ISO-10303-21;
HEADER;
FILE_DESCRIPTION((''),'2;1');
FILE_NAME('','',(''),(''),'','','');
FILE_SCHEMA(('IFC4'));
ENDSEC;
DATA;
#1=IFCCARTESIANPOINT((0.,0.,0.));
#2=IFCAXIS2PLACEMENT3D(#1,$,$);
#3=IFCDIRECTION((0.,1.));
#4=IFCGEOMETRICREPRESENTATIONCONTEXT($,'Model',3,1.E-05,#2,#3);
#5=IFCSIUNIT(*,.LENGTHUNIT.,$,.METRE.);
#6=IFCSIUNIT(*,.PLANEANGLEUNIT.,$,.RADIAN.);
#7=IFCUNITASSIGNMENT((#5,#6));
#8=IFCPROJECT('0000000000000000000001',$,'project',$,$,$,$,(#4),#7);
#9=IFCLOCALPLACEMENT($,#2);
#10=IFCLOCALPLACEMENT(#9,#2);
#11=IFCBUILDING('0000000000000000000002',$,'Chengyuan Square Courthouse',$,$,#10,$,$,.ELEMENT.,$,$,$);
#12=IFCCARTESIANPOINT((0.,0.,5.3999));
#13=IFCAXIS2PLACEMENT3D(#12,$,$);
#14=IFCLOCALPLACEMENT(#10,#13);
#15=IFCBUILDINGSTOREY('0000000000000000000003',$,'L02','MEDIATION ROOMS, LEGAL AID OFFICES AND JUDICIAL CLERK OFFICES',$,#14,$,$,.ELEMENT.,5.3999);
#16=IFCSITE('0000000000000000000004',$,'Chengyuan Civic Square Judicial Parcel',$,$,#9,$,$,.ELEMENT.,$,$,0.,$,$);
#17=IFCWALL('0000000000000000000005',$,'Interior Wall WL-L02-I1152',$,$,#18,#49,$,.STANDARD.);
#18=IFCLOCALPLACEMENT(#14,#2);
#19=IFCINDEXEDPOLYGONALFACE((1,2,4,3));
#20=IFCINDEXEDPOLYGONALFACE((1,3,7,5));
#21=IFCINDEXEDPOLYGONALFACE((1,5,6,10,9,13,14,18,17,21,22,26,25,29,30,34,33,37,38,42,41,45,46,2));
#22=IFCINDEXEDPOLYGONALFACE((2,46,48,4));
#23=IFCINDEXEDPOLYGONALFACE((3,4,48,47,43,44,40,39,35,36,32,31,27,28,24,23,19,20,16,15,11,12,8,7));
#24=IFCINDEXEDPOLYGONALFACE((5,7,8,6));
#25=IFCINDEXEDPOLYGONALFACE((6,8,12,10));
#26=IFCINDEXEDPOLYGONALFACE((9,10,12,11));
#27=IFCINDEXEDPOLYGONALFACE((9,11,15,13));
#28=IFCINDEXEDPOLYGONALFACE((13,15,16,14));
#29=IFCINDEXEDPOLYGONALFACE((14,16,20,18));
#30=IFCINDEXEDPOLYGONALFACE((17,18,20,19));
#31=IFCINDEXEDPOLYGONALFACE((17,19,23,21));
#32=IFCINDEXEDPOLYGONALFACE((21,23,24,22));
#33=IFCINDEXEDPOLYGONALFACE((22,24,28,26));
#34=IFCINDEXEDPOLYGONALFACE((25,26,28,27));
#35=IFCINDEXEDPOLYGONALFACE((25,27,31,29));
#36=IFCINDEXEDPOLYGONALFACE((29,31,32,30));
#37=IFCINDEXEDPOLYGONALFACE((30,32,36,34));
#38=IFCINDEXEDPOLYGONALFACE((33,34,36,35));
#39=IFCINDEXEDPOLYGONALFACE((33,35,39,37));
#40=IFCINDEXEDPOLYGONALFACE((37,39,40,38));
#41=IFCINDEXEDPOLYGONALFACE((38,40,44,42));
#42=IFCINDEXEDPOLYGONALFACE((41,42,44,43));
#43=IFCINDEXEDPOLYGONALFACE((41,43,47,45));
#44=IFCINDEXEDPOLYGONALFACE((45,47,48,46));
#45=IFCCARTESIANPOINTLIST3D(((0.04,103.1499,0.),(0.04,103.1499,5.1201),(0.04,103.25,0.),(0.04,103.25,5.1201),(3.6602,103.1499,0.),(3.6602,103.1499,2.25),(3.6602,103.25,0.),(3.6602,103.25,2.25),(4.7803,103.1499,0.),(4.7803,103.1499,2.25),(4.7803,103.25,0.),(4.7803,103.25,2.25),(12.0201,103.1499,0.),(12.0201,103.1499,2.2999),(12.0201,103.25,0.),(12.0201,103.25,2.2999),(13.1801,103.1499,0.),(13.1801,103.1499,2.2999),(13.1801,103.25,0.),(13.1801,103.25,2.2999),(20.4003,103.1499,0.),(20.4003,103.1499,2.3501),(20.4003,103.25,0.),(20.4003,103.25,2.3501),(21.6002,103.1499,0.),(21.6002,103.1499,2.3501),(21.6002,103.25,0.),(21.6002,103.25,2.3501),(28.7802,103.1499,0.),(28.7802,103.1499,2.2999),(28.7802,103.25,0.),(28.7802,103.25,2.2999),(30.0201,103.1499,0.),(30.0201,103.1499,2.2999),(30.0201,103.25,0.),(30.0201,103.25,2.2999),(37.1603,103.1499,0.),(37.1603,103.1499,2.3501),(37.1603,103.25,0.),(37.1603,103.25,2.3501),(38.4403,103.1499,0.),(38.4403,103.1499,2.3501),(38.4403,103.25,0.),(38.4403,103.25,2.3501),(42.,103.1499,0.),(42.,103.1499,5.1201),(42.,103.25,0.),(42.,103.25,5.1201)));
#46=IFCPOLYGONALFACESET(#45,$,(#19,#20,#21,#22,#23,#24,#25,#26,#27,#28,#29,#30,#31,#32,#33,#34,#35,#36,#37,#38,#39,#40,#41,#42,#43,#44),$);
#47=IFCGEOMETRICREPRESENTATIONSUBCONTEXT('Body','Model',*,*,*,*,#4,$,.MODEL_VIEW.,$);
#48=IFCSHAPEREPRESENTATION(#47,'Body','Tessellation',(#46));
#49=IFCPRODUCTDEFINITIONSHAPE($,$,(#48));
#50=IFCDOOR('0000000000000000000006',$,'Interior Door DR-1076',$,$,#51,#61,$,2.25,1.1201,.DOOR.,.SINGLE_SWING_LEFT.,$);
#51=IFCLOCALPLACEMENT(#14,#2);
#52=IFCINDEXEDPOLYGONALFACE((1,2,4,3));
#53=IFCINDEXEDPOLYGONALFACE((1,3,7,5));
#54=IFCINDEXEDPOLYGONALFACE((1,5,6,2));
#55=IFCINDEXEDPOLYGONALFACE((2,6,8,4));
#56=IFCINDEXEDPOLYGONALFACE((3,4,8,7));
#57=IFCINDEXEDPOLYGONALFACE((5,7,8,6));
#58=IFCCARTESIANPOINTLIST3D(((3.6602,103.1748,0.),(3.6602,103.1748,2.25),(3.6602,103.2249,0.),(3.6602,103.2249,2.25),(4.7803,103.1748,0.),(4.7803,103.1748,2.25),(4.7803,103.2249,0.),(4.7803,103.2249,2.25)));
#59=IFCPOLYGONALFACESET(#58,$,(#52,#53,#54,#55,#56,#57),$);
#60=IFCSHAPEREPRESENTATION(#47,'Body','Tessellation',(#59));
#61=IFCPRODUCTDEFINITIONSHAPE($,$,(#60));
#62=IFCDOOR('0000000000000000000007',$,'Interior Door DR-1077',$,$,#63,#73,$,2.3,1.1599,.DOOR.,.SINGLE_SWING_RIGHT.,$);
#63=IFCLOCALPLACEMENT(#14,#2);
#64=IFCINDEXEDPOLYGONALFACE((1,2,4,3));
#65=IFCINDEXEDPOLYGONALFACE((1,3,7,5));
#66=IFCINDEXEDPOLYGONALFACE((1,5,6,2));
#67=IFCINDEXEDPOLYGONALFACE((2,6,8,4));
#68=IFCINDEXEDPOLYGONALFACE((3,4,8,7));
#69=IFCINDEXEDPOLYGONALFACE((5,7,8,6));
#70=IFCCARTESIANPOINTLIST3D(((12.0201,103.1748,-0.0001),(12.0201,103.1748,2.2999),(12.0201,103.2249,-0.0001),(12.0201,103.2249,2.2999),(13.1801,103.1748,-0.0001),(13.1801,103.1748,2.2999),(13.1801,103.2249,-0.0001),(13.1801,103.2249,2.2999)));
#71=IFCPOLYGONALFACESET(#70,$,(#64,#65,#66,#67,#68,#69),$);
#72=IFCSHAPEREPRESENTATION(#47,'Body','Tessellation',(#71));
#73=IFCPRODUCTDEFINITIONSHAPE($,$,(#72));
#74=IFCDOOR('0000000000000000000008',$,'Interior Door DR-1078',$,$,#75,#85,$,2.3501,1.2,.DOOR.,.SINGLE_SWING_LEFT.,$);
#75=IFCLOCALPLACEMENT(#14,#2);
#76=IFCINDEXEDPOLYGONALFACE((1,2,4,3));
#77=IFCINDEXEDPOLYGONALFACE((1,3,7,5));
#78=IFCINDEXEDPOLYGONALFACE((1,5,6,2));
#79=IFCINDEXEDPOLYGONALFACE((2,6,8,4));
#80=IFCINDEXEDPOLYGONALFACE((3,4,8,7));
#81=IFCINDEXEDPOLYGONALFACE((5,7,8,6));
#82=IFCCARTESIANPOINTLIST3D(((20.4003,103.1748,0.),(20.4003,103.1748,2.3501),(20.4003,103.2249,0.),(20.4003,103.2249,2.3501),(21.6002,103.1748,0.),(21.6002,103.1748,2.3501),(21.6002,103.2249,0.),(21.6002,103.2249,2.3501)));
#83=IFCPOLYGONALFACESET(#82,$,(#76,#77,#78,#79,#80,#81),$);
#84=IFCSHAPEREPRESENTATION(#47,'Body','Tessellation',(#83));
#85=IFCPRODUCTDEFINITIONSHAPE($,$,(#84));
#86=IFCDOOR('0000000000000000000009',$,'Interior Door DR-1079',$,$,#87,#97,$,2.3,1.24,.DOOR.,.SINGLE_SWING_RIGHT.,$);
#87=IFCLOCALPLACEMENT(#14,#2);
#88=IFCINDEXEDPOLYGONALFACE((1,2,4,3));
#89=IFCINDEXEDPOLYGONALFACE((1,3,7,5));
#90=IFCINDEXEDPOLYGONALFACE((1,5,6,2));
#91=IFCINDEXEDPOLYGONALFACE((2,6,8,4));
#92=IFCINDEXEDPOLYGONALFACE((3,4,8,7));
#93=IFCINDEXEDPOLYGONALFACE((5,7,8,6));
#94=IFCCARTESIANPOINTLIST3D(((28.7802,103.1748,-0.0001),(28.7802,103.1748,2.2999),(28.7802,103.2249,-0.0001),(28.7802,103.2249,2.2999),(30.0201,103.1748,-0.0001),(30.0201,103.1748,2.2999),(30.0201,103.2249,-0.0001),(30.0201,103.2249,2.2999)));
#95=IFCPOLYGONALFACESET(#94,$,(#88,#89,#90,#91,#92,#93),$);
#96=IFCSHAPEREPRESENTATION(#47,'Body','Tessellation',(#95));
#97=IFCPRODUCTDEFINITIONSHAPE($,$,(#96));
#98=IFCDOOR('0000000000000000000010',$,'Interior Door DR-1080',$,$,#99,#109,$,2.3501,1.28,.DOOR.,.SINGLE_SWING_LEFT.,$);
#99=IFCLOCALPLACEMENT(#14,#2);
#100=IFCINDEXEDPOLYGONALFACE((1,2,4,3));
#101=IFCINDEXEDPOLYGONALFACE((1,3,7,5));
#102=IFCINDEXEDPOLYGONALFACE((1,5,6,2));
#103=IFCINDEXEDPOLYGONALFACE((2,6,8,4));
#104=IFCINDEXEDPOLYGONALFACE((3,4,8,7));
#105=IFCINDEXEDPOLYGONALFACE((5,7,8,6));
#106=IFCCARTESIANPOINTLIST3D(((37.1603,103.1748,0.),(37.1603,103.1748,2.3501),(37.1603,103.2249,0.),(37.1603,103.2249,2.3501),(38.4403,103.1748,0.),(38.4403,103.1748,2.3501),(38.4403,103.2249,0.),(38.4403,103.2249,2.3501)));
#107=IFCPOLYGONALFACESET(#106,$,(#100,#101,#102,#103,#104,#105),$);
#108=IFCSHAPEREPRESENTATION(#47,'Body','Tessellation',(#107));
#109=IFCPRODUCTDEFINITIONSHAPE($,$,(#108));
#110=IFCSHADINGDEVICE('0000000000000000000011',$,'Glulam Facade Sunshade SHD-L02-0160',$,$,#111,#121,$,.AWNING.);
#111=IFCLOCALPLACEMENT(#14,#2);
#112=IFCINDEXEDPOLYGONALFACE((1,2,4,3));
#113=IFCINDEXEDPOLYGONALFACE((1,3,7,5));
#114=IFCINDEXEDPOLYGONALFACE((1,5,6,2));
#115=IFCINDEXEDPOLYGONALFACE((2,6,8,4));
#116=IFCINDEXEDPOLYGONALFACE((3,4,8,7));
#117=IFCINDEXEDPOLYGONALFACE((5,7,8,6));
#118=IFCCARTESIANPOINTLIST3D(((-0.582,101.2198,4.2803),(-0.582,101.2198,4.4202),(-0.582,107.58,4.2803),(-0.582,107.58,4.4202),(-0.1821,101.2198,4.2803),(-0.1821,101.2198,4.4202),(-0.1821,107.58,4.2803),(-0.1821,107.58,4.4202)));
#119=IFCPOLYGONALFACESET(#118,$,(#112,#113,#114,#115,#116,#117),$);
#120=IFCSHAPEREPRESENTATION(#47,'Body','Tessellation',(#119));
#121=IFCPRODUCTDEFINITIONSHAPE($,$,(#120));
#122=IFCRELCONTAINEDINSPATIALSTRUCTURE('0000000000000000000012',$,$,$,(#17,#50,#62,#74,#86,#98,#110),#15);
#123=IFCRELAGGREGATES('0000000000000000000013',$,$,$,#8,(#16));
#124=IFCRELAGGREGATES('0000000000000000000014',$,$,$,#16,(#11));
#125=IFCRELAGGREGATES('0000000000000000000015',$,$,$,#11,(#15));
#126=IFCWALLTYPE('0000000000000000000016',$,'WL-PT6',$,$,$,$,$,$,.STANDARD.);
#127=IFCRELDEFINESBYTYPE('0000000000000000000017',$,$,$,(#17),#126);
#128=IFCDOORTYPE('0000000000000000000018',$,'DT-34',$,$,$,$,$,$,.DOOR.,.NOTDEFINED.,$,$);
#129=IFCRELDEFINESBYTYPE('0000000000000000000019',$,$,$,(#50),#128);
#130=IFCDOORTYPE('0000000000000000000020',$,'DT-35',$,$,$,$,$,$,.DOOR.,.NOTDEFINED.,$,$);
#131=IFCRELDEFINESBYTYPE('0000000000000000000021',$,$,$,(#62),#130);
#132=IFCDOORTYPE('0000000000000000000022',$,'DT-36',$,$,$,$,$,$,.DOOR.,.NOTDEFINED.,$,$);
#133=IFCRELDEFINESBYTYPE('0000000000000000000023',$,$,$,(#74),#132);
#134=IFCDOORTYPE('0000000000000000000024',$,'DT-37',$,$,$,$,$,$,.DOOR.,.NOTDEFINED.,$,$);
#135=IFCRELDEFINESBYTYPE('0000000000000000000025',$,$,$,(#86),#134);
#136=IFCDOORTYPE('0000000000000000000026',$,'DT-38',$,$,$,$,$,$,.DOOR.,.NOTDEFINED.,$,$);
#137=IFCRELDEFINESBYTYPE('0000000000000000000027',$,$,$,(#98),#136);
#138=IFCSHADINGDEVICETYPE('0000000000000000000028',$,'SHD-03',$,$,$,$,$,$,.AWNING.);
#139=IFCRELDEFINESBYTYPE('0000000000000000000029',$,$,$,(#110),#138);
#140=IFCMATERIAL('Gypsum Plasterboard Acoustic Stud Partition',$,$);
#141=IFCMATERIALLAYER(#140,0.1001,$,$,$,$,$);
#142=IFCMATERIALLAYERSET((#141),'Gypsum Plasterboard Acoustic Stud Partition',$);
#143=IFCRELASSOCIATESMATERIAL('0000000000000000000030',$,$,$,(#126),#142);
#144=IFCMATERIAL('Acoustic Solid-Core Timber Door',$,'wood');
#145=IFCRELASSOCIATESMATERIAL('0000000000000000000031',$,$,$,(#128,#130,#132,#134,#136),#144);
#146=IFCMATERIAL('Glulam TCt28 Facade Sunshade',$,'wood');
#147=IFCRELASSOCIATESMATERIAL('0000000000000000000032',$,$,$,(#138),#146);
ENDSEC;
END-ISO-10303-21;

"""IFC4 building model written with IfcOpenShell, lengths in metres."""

from ifc_helpers import new_model, si_unit, direction, frame, frame_2d, origin, origin_2d, place, context, subcontext, project, spatial, rectangle, extrude, material, layer, layer_set, type_object, element, fill, save


model = new_model("IFC4")

# Units and contexts
model_context = context("Model", 3, precision=1e-05, world=origin(), true_north=direction((0.0, 1.0)))
body_context = subcontext(model_context, "Body", "Model", "MODEL_VIEW")
ifc_project = project(units=[si_unit("LENGTHUNIT", "METRE"), si_unit("PLANEANGLEUNIT", "RADIAN")], contexts=[model_context])

# Site, building, storey
site_placement = place(None, origin())
site = spatial("IfcSite", under=ifc_project, at=site_placement, Name="Chengyuan Civic Square Judicial Parcel", CompositionType="ELEMENT", RefElevation=0.0)
building_placement = place(site_placement, origin())
building = spatial("IfcBuilding", under=site, at=building_placement, Name="Chengyuan Square Courthouse", CompositionType="ELEMENT")
storey_placement = place(building_placement, frame((0.0, 0.0, 5.3999)))
storey = spatial("IfcBuildingStorey", under=building, at=storey_placement, Name="L02", Description="MEDIATION ROOMS, LEGAL AID OFFICES AND JUDICIAL CLERK OFFICES", CompositionType="ELEMENT", Elevation=5.3999)

# Wall, openings, doors
ifc_material_1 = material(Name="Gypsum Plasterboard Acoustic Stud Partition")
ifc_layer_1 = layer(ifc_material_1, 0.1001)
ifc_layer_set_1 = layer_set([ifc_layer_1], Name="Gypsum Plasterboard Acoustic Stud Partition")
wall_type_1 = type_object("IfcWallType", Name="WL-PT6", PredefinedType="STANDARD", material=ifc_layer_set_1)
ifc_material_2 = material(Name="Acoustic Solid-Core Timber Door", Category="wood")
wall_1_placement = place(storey_placement, frame((0.04, 103.2, 0.0), z_axis=(0.0, 0.0, 1.0), x_axis=(1.0, 0.0, 0.0)))
wall_1 = element("IfcWall", 1, at=wall_1_placement, inside=storey, type_object=wall_type_1, Name="Interior Wall WL-L02-I1152", PredefinedType="STANDARD", context=body_context, shape_type="SweptSolid", body=[
    extrude(rectangle(XDim=41.96, YDim=0.1001, at=frame_2d((20.98, 0.0))), origin(), (0.0, 0.0, 1.0), 5.1201),
])
opening_1_placement = place(wall_1_placement, frame((3.6201, 0.0, 0.0)))
opening_1 = element("IfcOpeningElement", 2, at=opening_1_placement, cuts=wall_1, PredefinedType="OPENING", context=body_context, shape_type="SweptSolid", body=[
    extrude(rectangle(XDim=1.1201, YDim=2.25, at=frame_2d((0.5601, 1.125))), frame((0.0, 0.062, 0.0), z_axis=(0.0, -1.0, 0.0), x_axis=(1.0, 0.0, 0.0)), (0.0, 0.0, 1.0), 0.124),
])
opening_2_placement = place(wall_1_placement, frame((11.98, 0.0, 0.0)))
opening_2 = element("IfcOpeningElement", 3, at=opening_2_placement, cuts=wall_1, PredefinedType="OPENING", context=body_context, shape_type="SweptSolid", body=[
    extrude(rectangle(XDim=1.1599, YDim=2.3, at=frame_2d((0.5801, 1.1499))), frame((0.0, 0.062, 0.0), z_axis=(0.0, -1.0, 0.0), x_axis=(1.0, 0.0, 0.0)), (0.0, 0.0, 1.0), 0.124),
])
opening_3_placement = place(wall_1_placement, frame((20.3601, 0.0, 0.0)))
opening_3 = element("IfcOpeningElement", 4, at=opening_3_placement, cuts=wall_1, PredefinedType="OPENING", context=body_context, shape_type="SweptSolid", body=[
    extrude(rectangle(XDim=1.2, YDim=2.3501, at=frame_2d((0.6001, 1.175))), frame((0.0, 0.062, 0.0), z_axis=(0.0, -1.0, 0.0), x_axis=(1.0, 0.0, 0.0)), (0.0, 0.0, 1.0), 0.124),
])
opening_4_placement = place(wall_1_placement, frame((28.74, 0.0, 0.0)))
opening_4 = element("IfcOpeningElement", 5, at=opening_4_placement, cuts=wall_1, PredefinedType="OPENING", context=body_context, shape_type="SweptSolid", body=[
    extrude(rectangle(XDim=1.24, YDim=2.3, at=frame_2d((0.6201, 1.1499))), frame((0.0, 0.062, 0.0), z_axis=(0.0, -1.0, 0.0), x_axis=(1.0, 0.0, 0.0)), (0.0, 0.0, 1.0), 0.124),
])
opening_5_placement = place(wall_1_placement, frame((37.1201, 0.0, 0.0)))
opening_5 = element("IfcOpeningElement", 6, at=opening_5_placement, cuts=wall_1, PredefinedType="OPENING", context=body_context, shape_type="SweptSolid", body=[
    extrude(rectangle(XDim=1.28, YDim=2.3501, at=frame_2d((0.6401, 1.175))), frame((0.0, 0.062, 0.0), z_axis=(0.0, -1.0, 0.0), x_axis=(1.0, 0.0, 0.0)), (0.0, 0.0, 1.0), 0.124),
])
door_type_1 = type_object("IfcDoorType", Name="DT-34", OperationType="NOTDEFINED", PredefinedType="DOOR", material=ifc_material_2)
door_1_placement = place(opening_1_placement, origin())
door_1 = element("IfcDoor", 7, at=door_1_placement, inside=storey, type_object=door_type_1, Name="Interior Door DR-1076", OperationType="SINGLE_SWING_LEFT", OverallHeight=2.25, OverallWidth=1.1201, PredefinedType="DOOR", context=body_context, shape_type="SweptSolid", body=[
    extrude(rectangle(XDim=1.1201, YDim=2.25, at=frame_2d((0.5601, 1.125))), frame((0.0, 0.0249, 0.0), z_axis=(0.0, -1.0, 0.0), x_axis=(1.0, 0.0, 0.0)), (0.0, 0.0, 1.0), 0.05),
])
fill(opening_1, door_1)
door_type_2 = type_object("IfcDoorType", Name="DT-35", OperationType="NOTDEFINED", PredefinedType="DOOR", material=ifc_material_2)
door_2_placement = place(opening_2_placement, origin())
door_2 = element("IfcDoor", 8, at=door_2_placement, inside=storey, type_object=door_type_2, Name="Interior Door DR-1077", OperationType="SINGLE_SWING_RIGHT", OverallHeight=2.3, OverallWidth=1.1599, PredefinedType="DOOR", context=body_context, shape_type="SweptSolid", body=[
    extrude(rectangle(XDim=1.1599, YDim=2.3, at=frame_2d((0.5801, 1.1499))), frame((0.0, 0.0249, 0.0), z_axis=(0.0, -1.0, 0.0), x_axis=(1.0, 0.0, 0.0)), (0.0, 0.0, 1.0), 0.05),
])
fill(opening_2, door_2)
door_type_3 = type_object("IfcDoorType", Name="DT-36", OperationType="NOTDEFINED", PredefinedType="DOOR", material=ifc_material_2)
door_3_placement = place(opening_3_placement, origin())
door_3 = element("IfcDoor", 9, at=door_3_placement, inside=storey, type_object=door_type_3, Name="Interior Door DR-1078", OperationType="SINGLE_SWING_LEFT", OverallHeight=2.3501, OverallWidth=1.2, PredefinedType="DOOR", context=body_context, shape_type="SweptSolid", body=[
    extrude(rectangle(XDim=1.2, YDim=2.3501, at=frame_2d((0.6001, 1.175))), frame((0.0, 0.0249, 0.0), z_axis=(0.0, -1.0, 0.0), x_axis=(1.0, 0.0, 0.0)), (0.0, 0.0, 1.0), 0.05),
])
fill(opening_3, door_3)
door_type_4 = type_object("IfcDoorType", Name="DT-37", OperationType="NOTDEFINED", PredefinedType="DOOR", material=ifc_material_2)
door_4_placement = place(opening_4_placement, origin())
door_4 = element("IfcDoor", 10, at=door_4_placement, inside=storey, type_object=door_type_4, Name="Interior Door DR-1079", OperationType="SINGLE_SWING_RIGHT", OverallHeight=2.3, OverallWidth=1.24, PredefinedType="DOOR", context=body_context, shape_type="SweptSolid", body=[
    extrude(rectangle(XDim=1.24, YDim=2.3, at=frame_2d((0.6201, 1.1499))), frame((0.0, 0.0249, 0.0), z_axis=(0.0, -1.0, 0.0), x_axis=(1.0, 0.0, 0.0)), (0.0, 0.0, 1.0), 0.05),
])
fill(opening_4, door_4)
door_type_5 = type_object("IfcDoorType", Name="DT-38", OperationType="NOTDEFINED", PredefinedType="DOOR", material=ifc_material_2)
door_5_placement = place(opening_5_placement, origin())
door_5 = element("IfcDoor", 11, at=door_5_placement, inside=storey, type_object=door_type_5, Name="Interior Door DR-1080", OperationType="SINGLE_SWING_LEFT", OverallHeight=2.3501, OverallWidth=1.28, PredefinedType="DOOR", context=body_context, shape_type="SweptSolid", body=[
    extrude(rectangle(XDim=1.28, YDim=2.3501, at=frame_2d((0.6401, 1.175))), frame((0.0, 0.0249, 0.0), z_axis=(0.0, -1.0, 0.0), x_axis=(1.0, 0.0, 0.0)), (0.0, 0.0, 1.0), 0.05),
])
fill(opening_5, door_5)

# Shading device
ifc_material_3 = material(Name="Glulam TCt28 Facade Sunshade", Category="wood")
shading_device_type = type_object("IfcShadingDeviceType", Name="SHD-03", PredefinedType="AWNING", material=ifc_material_3)
shading_device_placement = place(storey_placement, frame((-0.3821, 104.3999, 4.2803), z_axis=(0.0, 0.0, 1.0), x_axis=(0.0, 1.0, 0.0)))
element("IfcShadingDevice", 12, at=shading_device_placement, inside=storey, type_object=shading_device_type, Name="Glulam Facade Sunshade SHD-L02-0160", PredefinedType="AWNING", context=body_context, shape_type="SweptSolid", body=[
    extrude(rectangle(XDim=6.3601, YDim=0.3999, at=origin_2d()), origin(), (0.0, 0.0, 1.0), 0.1399),
])

save(model, "model.ifc")
